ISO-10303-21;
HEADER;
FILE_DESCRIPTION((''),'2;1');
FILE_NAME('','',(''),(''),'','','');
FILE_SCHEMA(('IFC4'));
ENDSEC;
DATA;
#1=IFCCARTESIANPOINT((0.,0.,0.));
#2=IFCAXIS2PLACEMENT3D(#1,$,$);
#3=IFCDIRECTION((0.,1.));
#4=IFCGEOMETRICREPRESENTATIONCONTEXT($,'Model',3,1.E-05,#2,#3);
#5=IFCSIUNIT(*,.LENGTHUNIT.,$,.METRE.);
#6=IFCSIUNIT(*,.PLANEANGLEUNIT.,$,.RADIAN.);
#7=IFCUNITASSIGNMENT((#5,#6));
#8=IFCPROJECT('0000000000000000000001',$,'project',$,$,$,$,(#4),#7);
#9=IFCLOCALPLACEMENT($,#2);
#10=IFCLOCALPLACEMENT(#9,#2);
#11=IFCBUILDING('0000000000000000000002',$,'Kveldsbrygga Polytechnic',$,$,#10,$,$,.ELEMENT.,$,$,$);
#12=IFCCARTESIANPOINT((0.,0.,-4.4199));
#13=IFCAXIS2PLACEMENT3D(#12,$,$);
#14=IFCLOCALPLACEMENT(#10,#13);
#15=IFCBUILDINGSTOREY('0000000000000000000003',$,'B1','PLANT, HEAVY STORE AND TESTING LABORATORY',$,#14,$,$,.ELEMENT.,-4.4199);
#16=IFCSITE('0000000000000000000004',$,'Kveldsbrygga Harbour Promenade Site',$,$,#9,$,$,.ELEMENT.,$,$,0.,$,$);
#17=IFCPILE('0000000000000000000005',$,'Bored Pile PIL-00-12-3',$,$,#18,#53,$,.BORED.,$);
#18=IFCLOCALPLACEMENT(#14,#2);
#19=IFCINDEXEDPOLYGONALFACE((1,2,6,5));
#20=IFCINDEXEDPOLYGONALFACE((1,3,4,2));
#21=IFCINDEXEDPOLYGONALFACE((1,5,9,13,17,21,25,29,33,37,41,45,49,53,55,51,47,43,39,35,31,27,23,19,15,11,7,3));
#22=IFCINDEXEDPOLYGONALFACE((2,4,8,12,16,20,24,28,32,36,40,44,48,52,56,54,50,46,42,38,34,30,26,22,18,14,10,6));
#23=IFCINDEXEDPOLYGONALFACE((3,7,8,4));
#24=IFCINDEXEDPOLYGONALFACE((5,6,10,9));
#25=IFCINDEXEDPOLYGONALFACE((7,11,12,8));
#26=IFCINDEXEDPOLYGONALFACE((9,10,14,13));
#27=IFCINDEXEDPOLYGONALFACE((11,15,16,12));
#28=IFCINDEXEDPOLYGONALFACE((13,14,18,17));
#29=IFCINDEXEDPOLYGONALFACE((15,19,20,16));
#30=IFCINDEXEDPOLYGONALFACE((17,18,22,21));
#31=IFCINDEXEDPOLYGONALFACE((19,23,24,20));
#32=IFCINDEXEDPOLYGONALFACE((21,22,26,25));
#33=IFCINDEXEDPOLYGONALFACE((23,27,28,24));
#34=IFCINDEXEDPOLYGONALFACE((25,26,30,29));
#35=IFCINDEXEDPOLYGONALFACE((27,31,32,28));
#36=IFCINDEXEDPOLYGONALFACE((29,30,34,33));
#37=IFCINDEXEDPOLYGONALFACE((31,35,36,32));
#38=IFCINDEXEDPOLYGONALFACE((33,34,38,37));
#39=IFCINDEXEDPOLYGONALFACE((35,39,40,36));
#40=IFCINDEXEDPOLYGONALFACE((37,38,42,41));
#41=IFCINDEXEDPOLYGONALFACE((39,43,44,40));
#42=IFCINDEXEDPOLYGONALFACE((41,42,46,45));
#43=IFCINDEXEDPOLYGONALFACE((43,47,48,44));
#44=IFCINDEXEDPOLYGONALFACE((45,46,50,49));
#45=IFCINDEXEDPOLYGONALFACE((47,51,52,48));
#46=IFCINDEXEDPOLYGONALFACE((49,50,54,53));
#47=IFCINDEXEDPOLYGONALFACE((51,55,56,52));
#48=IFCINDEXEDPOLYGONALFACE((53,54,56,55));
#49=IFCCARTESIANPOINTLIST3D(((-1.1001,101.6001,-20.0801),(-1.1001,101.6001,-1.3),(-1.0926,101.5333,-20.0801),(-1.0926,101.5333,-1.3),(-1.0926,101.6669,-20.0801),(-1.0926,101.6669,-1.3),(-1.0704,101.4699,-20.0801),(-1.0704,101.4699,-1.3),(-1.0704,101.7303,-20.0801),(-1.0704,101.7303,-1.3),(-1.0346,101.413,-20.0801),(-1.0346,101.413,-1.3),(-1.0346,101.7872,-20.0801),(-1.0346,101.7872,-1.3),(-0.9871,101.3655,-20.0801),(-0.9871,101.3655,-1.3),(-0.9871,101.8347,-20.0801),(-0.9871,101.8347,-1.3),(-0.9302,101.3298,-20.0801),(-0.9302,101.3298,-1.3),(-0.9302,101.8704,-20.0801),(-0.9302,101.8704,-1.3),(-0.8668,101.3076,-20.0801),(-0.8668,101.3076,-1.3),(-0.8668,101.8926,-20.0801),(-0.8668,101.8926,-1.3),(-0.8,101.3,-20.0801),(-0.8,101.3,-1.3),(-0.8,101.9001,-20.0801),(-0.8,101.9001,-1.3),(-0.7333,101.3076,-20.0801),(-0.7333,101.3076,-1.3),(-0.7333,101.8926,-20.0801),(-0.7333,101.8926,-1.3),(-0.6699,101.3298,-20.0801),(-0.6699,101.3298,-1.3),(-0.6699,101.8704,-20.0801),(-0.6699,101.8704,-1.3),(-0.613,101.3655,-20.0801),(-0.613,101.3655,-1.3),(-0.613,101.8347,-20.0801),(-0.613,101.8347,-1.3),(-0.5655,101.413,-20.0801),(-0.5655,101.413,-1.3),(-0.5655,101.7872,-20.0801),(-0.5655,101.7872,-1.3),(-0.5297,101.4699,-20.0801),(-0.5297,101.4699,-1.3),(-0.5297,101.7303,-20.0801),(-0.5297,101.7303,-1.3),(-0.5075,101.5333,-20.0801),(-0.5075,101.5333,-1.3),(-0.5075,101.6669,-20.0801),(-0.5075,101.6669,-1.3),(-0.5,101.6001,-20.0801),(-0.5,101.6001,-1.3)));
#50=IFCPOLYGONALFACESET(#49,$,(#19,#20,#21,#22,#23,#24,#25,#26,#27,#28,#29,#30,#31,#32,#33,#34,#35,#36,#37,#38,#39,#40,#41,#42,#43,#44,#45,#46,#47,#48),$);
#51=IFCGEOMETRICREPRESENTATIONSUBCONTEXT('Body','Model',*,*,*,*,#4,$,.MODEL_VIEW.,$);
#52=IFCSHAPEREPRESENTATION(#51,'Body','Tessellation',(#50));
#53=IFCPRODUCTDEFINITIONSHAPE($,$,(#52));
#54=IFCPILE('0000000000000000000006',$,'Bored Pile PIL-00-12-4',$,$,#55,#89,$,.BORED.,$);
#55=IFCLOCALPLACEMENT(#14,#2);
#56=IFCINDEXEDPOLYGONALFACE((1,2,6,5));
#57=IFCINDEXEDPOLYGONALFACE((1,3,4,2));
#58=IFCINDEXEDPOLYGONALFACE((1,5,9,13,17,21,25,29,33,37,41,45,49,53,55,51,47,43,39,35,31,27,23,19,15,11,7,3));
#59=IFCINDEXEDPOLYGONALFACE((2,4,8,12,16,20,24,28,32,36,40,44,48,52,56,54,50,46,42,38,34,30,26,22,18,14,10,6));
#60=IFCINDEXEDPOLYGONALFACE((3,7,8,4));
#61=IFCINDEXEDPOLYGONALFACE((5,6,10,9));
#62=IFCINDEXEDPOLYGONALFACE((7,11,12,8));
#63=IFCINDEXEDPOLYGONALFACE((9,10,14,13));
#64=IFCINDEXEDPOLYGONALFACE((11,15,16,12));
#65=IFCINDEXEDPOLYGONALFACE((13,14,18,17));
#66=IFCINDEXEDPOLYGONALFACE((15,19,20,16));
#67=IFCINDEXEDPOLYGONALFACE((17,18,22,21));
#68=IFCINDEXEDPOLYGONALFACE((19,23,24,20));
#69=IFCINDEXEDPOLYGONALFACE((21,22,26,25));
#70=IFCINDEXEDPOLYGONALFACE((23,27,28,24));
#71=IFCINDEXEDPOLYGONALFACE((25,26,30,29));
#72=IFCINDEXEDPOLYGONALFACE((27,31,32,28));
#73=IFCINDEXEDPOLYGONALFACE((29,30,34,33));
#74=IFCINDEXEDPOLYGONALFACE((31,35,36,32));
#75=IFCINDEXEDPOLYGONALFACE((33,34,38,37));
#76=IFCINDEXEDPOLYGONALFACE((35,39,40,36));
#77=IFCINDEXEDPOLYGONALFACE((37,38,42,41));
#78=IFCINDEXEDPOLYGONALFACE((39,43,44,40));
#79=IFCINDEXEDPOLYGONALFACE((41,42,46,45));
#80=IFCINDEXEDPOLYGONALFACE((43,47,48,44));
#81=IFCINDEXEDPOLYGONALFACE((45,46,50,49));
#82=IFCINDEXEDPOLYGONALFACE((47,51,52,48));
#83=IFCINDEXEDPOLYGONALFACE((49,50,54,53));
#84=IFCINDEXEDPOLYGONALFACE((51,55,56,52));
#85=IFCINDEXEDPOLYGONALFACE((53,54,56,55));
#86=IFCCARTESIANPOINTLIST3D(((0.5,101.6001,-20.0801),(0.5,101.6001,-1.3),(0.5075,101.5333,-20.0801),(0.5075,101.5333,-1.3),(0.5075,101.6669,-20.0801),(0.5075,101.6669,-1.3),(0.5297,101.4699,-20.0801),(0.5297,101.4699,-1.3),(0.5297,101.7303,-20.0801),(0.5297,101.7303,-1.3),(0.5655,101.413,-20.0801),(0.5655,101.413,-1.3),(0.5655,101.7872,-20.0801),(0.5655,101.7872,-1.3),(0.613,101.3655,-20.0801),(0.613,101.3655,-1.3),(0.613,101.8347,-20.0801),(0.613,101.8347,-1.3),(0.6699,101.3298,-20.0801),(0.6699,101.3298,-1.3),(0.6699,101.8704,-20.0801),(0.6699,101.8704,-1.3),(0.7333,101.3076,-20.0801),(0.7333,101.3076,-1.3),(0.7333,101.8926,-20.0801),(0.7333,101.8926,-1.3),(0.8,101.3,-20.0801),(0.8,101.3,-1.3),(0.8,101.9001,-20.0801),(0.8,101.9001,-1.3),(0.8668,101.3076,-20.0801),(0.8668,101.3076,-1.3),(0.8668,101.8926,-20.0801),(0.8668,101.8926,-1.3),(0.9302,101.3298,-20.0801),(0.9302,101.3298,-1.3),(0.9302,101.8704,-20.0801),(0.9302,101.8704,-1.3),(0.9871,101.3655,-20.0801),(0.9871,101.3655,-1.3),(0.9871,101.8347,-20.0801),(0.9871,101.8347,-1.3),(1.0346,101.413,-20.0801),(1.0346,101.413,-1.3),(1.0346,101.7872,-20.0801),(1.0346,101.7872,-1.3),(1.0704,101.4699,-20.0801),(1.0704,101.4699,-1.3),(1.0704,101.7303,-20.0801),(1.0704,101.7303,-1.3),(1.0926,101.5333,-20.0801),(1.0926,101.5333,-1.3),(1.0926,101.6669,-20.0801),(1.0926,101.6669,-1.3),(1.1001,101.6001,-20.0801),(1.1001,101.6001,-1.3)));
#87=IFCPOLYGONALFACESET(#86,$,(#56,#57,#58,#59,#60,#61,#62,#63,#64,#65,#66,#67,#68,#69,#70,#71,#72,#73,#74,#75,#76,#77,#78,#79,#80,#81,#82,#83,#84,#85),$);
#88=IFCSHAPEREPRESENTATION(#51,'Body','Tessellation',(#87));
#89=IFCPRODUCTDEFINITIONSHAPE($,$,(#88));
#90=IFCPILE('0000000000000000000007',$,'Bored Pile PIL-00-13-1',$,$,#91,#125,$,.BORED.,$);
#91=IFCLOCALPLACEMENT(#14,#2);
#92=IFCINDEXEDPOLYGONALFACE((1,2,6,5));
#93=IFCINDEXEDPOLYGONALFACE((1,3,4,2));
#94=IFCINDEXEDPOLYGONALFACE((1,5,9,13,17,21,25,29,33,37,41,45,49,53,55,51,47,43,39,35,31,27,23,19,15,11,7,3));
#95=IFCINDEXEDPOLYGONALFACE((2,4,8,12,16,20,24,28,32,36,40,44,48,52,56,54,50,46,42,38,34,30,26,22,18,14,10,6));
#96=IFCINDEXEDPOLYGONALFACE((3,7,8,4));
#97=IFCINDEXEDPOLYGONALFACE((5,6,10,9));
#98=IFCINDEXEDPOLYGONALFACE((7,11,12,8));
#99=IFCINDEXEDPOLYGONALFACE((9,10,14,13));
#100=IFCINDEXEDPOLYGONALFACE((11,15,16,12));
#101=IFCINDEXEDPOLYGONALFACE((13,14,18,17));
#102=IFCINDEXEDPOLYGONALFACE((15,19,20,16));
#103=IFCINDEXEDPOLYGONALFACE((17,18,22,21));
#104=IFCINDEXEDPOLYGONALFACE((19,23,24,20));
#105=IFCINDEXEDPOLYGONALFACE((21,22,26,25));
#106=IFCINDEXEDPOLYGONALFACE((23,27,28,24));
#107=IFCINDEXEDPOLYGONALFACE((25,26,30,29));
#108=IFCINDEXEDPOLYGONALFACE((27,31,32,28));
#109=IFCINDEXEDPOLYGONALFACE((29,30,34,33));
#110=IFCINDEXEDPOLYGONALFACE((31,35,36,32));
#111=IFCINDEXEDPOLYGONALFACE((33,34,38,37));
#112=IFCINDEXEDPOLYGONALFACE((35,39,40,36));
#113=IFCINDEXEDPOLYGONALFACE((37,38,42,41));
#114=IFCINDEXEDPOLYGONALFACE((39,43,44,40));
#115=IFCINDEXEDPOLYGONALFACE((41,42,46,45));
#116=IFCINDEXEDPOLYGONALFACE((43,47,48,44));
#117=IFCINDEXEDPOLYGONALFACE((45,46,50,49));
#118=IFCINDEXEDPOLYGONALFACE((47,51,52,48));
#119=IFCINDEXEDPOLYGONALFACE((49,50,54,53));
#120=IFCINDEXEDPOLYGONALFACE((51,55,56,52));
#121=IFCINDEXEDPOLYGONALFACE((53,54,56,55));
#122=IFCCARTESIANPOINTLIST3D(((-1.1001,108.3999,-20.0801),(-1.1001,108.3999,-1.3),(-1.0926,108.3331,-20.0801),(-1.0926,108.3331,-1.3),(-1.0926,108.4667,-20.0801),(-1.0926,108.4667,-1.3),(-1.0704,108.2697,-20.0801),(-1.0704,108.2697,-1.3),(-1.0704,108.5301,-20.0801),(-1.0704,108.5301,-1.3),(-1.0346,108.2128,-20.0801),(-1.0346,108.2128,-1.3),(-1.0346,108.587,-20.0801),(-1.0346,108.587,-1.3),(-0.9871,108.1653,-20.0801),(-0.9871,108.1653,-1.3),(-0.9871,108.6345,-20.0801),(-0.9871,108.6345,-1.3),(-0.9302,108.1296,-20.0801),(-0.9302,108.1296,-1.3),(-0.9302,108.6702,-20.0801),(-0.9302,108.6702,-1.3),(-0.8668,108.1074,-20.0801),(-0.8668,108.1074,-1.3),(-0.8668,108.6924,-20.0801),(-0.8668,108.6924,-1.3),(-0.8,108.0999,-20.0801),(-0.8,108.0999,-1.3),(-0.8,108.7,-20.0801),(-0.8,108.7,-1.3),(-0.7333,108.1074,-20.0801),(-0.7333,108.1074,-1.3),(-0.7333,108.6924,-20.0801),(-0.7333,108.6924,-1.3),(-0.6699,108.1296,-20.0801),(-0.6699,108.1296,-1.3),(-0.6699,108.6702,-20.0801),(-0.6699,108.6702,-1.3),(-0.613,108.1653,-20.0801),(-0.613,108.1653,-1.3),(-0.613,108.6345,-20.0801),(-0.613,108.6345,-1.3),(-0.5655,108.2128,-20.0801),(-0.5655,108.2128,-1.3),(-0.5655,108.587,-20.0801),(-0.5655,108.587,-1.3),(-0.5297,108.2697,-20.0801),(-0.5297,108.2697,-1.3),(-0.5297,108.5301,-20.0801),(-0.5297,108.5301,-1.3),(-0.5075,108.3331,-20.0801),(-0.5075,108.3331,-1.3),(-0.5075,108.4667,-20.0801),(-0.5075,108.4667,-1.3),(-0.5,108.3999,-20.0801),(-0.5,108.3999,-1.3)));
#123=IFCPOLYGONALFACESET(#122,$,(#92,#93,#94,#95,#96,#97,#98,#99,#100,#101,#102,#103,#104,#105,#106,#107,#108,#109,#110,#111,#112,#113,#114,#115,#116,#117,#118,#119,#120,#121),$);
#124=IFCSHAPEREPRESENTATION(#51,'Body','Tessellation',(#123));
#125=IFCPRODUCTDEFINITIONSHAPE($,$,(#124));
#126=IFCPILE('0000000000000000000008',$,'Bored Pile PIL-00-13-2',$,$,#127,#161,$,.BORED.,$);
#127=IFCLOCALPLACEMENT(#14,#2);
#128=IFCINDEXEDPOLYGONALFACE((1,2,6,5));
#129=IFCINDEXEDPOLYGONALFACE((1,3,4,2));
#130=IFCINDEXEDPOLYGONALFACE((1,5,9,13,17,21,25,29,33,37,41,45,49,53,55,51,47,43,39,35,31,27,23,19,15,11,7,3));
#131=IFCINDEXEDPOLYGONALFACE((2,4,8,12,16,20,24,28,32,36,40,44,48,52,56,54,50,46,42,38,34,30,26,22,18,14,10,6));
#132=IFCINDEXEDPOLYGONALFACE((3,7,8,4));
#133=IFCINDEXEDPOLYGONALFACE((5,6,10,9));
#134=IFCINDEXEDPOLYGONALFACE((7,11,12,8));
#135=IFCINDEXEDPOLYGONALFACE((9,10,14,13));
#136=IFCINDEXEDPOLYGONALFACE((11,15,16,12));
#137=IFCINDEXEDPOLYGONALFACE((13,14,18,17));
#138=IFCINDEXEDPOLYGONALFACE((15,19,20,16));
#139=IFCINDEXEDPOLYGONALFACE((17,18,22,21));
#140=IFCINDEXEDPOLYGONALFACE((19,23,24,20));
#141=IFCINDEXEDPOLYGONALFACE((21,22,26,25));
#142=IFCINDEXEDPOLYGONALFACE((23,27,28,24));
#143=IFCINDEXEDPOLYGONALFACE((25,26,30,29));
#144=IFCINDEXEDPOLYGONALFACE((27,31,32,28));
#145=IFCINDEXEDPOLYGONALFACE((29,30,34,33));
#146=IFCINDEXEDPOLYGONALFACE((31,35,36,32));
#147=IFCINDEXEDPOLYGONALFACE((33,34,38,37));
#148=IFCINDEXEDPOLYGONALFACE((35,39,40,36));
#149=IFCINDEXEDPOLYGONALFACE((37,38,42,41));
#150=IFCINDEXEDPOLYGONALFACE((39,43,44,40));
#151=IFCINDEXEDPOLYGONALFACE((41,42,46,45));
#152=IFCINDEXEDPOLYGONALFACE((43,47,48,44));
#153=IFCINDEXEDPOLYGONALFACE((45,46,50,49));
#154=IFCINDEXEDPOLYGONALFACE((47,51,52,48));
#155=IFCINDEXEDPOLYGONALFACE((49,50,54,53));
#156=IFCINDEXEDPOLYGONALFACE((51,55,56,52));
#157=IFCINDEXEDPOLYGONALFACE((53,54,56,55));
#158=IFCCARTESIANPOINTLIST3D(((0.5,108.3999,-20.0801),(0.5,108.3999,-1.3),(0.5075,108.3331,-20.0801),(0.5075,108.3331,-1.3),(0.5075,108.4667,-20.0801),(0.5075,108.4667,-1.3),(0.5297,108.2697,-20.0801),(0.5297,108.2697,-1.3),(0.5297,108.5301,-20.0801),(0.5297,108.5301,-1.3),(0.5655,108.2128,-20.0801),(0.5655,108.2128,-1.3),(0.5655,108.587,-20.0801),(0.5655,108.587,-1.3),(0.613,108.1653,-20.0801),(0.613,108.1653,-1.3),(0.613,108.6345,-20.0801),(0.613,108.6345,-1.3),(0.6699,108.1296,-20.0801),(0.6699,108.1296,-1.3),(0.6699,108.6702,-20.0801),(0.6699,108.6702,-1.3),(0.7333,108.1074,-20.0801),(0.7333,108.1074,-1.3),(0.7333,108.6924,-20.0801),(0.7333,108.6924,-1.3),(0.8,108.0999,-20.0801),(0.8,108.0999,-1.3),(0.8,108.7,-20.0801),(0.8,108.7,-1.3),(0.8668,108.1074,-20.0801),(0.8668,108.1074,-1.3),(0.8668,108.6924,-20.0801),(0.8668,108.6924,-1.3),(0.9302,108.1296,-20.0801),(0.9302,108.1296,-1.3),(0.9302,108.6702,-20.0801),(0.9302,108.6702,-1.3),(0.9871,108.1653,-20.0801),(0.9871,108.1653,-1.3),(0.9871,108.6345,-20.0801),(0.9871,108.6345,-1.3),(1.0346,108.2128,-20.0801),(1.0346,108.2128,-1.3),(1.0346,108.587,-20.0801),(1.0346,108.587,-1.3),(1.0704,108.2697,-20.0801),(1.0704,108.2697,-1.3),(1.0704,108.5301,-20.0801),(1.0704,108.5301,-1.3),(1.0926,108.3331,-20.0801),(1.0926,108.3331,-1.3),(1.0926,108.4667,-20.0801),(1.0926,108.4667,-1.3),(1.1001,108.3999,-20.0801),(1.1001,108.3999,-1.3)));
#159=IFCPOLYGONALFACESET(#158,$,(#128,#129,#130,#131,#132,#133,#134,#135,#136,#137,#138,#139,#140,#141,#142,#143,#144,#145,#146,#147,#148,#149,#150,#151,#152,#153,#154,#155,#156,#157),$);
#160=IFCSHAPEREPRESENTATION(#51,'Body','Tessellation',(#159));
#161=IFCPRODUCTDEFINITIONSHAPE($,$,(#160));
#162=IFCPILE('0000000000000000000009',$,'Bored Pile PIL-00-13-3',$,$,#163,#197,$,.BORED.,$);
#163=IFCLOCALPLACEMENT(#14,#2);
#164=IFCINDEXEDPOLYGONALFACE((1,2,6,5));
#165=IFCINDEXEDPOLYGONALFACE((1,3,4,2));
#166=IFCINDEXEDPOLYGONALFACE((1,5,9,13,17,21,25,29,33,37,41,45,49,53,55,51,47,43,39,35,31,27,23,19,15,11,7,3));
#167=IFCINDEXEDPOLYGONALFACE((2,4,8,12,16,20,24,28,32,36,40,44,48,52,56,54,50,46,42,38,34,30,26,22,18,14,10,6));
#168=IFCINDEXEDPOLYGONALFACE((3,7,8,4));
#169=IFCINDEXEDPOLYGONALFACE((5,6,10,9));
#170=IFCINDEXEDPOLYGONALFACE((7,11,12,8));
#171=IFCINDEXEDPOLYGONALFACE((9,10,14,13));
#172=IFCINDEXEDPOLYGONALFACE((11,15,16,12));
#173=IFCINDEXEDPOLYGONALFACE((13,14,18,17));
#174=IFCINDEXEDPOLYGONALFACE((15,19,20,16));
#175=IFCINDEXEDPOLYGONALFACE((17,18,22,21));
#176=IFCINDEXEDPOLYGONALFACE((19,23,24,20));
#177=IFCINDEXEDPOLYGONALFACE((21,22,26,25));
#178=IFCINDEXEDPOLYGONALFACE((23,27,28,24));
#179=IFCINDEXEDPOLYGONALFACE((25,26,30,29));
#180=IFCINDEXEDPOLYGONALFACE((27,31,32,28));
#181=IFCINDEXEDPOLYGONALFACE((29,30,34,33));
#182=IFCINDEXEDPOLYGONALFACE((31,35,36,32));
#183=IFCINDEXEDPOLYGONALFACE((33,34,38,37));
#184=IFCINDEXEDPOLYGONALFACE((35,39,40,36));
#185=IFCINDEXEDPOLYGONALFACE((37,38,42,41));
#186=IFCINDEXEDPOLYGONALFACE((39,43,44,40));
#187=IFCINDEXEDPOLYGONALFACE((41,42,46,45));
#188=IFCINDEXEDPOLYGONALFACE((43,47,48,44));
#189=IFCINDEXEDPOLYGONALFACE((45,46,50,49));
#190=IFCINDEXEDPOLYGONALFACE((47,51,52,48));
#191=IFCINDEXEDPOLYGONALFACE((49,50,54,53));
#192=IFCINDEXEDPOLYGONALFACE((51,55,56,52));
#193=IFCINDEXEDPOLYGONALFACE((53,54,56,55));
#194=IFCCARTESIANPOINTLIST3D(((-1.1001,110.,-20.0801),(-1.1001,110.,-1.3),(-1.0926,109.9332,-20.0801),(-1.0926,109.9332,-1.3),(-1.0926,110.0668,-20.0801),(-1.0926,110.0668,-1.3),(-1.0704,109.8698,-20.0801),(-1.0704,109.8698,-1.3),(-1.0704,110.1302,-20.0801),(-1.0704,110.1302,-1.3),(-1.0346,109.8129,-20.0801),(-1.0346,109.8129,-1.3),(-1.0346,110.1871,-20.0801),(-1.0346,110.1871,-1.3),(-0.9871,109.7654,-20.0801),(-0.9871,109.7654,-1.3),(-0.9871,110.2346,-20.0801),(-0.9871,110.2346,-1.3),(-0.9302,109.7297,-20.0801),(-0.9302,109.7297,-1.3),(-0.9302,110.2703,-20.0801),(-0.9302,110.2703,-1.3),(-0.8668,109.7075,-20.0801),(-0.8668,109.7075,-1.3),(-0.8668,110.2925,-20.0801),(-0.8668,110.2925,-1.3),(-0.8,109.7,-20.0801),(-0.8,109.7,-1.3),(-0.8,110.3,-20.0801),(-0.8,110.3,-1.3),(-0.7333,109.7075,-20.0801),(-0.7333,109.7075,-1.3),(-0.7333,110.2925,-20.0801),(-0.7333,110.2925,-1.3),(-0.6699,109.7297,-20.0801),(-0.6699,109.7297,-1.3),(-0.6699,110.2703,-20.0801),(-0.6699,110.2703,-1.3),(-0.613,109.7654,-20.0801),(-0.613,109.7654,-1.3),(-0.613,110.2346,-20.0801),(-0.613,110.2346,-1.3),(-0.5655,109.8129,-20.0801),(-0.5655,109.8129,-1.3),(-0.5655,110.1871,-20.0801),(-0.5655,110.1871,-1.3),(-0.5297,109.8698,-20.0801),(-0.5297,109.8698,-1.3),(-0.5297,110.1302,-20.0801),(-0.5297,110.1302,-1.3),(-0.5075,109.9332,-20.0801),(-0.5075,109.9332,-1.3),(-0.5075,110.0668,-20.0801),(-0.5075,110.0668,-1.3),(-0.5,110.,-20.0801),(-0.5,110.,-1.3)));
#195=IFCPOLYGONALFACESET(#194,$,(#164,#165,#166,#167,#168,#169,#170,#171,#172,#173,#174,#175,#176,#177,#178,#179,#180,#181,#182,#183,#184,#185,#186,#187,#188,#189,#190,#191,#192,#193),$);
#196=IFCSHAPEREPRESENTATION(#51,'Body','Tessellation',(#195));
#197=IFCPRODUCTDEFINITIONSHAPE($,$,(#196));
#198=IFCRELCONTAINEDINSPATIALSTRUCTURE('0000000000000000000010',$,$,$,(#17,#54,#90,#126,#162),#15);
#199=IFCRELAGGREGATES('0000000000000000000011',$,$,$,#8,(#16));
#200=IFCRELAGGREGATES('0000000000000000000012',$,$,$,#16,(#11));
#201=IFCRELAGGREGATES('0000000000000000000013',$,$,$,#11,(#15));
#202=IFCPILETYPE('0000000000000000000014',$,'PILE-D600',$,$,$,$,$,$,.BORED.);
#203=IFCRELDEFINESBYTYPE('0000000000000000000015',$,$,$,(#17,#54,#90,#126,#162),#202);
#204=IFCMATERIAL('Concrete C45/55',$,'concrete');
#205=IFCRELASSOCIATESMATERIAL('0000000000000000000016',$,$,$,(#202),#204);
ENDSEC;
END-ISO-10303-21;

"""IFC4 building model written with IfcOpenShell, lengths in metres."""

from ifc_helpers import new_model, si_unit, direction, frame, origin, origin_2d, place, context, subcontext, project, spatial, circle, extrude, material, material_profile, profile_set, type_object, element, save


model = new_model("IFC4")

# Units and contexts
model_context = context("Model", 3, precision=1e-05, world=origin(), true_north=direction((0.0, 1.0)))
body_context = subcontext(model_context, "Body", "Model", "MODEL_VIEW")
ifc_project = project(units=[si_unit("LENGTHUNIT", "METRE"), si_unit("PLANEANGLEUNIT", "RADIAN")], contexts=[model_context])

# Site, building, storey
site_placement = place(None, origin())
site = spatial("IfcSite", under=ifc_project, at=site_placement, Name="Kveldsbrygga Harbour Promenade Site", CompositionType="ELEMENT", RefElevation=0.0)
building_placement = place(site_placement, origin())
building = spatial("IfcBuilding", under=site, at=building_placement, Name="Kveldsbrygga Polytechnic", CompositionType="ELEMENT")
storey_placement = place(building_placement, frame((0.0, 0.0, -4.4199)))
storey = spatial("IfcBuildingStorey", under=building, at=storey_placement, Name="B1", Description="PLANT, HEAVY STORE AND TESTING LABORATORY", CompositionType="ELEMENT", Elevation=-4.4199)

# Shared definitions
ifc_material_1 = material(Name="Concrete C45/55", Category="concrete")

# Piles
ifc_material_profile_1 = material_profile(ifc_material_1, circle(Radius=0.3, at=origin_2d()), Name="PILE D600")
ifc_profile_set_1 = profile_set([ifc_material_profile_1], Name="Concrete C45/55")
pile_type = type_object("IfcPileType", Name="PILE-D600", PredefinedType="BORED", material=ifc_profile_set_1)
for number, where, z_axis, x_axis, name in (
    (1, (-0.8, 101.6001, -1.3), (0.0, 0.0, -1.0), (1.0, 0.0, 0.0), "Bored Pile PIL-00-12-3"),
    (2, (0.8, 101.6001, -1.3), (0.0, 0.0, -1.0), (1.0, 0.0, 0.0), "Bored Pile PIL-00-12-4"),
    (3, (-0.8, 108.3999, -1.3), (0.0, 0.0, -1.0), (1.0, 0.0, 0.0), "Bored Pile PIL-00-13-1"),
    (4, (0.8, 108.3999, -1.3), (0.0, 0.0, -1.0), (1.0, 0.0, 0.0), "Bored Pile PIL-00-13-2"),
    (5, (-0.8, 110.0, -1.3), (0.0, 0.0, -1.0), (1.0, 0.0, 0.0), "Bored Pile PIL-00-13-3"),
):
    element("IfcPile", number, at=place(storey_placement, frame(where, z_axis=z_axis, x_axis=x_axis)), inside=storey, type_object=pile_type, Name=name, PredefinedType="BORED", context=body_context, shape_type="SweptSolid", body=[
        extrude(circle(Radius=0.3, at=origin_2d()), origin(), (0.0, 0.0, 1.0), 18.78),
    ])

save(model, "model.ifc")
